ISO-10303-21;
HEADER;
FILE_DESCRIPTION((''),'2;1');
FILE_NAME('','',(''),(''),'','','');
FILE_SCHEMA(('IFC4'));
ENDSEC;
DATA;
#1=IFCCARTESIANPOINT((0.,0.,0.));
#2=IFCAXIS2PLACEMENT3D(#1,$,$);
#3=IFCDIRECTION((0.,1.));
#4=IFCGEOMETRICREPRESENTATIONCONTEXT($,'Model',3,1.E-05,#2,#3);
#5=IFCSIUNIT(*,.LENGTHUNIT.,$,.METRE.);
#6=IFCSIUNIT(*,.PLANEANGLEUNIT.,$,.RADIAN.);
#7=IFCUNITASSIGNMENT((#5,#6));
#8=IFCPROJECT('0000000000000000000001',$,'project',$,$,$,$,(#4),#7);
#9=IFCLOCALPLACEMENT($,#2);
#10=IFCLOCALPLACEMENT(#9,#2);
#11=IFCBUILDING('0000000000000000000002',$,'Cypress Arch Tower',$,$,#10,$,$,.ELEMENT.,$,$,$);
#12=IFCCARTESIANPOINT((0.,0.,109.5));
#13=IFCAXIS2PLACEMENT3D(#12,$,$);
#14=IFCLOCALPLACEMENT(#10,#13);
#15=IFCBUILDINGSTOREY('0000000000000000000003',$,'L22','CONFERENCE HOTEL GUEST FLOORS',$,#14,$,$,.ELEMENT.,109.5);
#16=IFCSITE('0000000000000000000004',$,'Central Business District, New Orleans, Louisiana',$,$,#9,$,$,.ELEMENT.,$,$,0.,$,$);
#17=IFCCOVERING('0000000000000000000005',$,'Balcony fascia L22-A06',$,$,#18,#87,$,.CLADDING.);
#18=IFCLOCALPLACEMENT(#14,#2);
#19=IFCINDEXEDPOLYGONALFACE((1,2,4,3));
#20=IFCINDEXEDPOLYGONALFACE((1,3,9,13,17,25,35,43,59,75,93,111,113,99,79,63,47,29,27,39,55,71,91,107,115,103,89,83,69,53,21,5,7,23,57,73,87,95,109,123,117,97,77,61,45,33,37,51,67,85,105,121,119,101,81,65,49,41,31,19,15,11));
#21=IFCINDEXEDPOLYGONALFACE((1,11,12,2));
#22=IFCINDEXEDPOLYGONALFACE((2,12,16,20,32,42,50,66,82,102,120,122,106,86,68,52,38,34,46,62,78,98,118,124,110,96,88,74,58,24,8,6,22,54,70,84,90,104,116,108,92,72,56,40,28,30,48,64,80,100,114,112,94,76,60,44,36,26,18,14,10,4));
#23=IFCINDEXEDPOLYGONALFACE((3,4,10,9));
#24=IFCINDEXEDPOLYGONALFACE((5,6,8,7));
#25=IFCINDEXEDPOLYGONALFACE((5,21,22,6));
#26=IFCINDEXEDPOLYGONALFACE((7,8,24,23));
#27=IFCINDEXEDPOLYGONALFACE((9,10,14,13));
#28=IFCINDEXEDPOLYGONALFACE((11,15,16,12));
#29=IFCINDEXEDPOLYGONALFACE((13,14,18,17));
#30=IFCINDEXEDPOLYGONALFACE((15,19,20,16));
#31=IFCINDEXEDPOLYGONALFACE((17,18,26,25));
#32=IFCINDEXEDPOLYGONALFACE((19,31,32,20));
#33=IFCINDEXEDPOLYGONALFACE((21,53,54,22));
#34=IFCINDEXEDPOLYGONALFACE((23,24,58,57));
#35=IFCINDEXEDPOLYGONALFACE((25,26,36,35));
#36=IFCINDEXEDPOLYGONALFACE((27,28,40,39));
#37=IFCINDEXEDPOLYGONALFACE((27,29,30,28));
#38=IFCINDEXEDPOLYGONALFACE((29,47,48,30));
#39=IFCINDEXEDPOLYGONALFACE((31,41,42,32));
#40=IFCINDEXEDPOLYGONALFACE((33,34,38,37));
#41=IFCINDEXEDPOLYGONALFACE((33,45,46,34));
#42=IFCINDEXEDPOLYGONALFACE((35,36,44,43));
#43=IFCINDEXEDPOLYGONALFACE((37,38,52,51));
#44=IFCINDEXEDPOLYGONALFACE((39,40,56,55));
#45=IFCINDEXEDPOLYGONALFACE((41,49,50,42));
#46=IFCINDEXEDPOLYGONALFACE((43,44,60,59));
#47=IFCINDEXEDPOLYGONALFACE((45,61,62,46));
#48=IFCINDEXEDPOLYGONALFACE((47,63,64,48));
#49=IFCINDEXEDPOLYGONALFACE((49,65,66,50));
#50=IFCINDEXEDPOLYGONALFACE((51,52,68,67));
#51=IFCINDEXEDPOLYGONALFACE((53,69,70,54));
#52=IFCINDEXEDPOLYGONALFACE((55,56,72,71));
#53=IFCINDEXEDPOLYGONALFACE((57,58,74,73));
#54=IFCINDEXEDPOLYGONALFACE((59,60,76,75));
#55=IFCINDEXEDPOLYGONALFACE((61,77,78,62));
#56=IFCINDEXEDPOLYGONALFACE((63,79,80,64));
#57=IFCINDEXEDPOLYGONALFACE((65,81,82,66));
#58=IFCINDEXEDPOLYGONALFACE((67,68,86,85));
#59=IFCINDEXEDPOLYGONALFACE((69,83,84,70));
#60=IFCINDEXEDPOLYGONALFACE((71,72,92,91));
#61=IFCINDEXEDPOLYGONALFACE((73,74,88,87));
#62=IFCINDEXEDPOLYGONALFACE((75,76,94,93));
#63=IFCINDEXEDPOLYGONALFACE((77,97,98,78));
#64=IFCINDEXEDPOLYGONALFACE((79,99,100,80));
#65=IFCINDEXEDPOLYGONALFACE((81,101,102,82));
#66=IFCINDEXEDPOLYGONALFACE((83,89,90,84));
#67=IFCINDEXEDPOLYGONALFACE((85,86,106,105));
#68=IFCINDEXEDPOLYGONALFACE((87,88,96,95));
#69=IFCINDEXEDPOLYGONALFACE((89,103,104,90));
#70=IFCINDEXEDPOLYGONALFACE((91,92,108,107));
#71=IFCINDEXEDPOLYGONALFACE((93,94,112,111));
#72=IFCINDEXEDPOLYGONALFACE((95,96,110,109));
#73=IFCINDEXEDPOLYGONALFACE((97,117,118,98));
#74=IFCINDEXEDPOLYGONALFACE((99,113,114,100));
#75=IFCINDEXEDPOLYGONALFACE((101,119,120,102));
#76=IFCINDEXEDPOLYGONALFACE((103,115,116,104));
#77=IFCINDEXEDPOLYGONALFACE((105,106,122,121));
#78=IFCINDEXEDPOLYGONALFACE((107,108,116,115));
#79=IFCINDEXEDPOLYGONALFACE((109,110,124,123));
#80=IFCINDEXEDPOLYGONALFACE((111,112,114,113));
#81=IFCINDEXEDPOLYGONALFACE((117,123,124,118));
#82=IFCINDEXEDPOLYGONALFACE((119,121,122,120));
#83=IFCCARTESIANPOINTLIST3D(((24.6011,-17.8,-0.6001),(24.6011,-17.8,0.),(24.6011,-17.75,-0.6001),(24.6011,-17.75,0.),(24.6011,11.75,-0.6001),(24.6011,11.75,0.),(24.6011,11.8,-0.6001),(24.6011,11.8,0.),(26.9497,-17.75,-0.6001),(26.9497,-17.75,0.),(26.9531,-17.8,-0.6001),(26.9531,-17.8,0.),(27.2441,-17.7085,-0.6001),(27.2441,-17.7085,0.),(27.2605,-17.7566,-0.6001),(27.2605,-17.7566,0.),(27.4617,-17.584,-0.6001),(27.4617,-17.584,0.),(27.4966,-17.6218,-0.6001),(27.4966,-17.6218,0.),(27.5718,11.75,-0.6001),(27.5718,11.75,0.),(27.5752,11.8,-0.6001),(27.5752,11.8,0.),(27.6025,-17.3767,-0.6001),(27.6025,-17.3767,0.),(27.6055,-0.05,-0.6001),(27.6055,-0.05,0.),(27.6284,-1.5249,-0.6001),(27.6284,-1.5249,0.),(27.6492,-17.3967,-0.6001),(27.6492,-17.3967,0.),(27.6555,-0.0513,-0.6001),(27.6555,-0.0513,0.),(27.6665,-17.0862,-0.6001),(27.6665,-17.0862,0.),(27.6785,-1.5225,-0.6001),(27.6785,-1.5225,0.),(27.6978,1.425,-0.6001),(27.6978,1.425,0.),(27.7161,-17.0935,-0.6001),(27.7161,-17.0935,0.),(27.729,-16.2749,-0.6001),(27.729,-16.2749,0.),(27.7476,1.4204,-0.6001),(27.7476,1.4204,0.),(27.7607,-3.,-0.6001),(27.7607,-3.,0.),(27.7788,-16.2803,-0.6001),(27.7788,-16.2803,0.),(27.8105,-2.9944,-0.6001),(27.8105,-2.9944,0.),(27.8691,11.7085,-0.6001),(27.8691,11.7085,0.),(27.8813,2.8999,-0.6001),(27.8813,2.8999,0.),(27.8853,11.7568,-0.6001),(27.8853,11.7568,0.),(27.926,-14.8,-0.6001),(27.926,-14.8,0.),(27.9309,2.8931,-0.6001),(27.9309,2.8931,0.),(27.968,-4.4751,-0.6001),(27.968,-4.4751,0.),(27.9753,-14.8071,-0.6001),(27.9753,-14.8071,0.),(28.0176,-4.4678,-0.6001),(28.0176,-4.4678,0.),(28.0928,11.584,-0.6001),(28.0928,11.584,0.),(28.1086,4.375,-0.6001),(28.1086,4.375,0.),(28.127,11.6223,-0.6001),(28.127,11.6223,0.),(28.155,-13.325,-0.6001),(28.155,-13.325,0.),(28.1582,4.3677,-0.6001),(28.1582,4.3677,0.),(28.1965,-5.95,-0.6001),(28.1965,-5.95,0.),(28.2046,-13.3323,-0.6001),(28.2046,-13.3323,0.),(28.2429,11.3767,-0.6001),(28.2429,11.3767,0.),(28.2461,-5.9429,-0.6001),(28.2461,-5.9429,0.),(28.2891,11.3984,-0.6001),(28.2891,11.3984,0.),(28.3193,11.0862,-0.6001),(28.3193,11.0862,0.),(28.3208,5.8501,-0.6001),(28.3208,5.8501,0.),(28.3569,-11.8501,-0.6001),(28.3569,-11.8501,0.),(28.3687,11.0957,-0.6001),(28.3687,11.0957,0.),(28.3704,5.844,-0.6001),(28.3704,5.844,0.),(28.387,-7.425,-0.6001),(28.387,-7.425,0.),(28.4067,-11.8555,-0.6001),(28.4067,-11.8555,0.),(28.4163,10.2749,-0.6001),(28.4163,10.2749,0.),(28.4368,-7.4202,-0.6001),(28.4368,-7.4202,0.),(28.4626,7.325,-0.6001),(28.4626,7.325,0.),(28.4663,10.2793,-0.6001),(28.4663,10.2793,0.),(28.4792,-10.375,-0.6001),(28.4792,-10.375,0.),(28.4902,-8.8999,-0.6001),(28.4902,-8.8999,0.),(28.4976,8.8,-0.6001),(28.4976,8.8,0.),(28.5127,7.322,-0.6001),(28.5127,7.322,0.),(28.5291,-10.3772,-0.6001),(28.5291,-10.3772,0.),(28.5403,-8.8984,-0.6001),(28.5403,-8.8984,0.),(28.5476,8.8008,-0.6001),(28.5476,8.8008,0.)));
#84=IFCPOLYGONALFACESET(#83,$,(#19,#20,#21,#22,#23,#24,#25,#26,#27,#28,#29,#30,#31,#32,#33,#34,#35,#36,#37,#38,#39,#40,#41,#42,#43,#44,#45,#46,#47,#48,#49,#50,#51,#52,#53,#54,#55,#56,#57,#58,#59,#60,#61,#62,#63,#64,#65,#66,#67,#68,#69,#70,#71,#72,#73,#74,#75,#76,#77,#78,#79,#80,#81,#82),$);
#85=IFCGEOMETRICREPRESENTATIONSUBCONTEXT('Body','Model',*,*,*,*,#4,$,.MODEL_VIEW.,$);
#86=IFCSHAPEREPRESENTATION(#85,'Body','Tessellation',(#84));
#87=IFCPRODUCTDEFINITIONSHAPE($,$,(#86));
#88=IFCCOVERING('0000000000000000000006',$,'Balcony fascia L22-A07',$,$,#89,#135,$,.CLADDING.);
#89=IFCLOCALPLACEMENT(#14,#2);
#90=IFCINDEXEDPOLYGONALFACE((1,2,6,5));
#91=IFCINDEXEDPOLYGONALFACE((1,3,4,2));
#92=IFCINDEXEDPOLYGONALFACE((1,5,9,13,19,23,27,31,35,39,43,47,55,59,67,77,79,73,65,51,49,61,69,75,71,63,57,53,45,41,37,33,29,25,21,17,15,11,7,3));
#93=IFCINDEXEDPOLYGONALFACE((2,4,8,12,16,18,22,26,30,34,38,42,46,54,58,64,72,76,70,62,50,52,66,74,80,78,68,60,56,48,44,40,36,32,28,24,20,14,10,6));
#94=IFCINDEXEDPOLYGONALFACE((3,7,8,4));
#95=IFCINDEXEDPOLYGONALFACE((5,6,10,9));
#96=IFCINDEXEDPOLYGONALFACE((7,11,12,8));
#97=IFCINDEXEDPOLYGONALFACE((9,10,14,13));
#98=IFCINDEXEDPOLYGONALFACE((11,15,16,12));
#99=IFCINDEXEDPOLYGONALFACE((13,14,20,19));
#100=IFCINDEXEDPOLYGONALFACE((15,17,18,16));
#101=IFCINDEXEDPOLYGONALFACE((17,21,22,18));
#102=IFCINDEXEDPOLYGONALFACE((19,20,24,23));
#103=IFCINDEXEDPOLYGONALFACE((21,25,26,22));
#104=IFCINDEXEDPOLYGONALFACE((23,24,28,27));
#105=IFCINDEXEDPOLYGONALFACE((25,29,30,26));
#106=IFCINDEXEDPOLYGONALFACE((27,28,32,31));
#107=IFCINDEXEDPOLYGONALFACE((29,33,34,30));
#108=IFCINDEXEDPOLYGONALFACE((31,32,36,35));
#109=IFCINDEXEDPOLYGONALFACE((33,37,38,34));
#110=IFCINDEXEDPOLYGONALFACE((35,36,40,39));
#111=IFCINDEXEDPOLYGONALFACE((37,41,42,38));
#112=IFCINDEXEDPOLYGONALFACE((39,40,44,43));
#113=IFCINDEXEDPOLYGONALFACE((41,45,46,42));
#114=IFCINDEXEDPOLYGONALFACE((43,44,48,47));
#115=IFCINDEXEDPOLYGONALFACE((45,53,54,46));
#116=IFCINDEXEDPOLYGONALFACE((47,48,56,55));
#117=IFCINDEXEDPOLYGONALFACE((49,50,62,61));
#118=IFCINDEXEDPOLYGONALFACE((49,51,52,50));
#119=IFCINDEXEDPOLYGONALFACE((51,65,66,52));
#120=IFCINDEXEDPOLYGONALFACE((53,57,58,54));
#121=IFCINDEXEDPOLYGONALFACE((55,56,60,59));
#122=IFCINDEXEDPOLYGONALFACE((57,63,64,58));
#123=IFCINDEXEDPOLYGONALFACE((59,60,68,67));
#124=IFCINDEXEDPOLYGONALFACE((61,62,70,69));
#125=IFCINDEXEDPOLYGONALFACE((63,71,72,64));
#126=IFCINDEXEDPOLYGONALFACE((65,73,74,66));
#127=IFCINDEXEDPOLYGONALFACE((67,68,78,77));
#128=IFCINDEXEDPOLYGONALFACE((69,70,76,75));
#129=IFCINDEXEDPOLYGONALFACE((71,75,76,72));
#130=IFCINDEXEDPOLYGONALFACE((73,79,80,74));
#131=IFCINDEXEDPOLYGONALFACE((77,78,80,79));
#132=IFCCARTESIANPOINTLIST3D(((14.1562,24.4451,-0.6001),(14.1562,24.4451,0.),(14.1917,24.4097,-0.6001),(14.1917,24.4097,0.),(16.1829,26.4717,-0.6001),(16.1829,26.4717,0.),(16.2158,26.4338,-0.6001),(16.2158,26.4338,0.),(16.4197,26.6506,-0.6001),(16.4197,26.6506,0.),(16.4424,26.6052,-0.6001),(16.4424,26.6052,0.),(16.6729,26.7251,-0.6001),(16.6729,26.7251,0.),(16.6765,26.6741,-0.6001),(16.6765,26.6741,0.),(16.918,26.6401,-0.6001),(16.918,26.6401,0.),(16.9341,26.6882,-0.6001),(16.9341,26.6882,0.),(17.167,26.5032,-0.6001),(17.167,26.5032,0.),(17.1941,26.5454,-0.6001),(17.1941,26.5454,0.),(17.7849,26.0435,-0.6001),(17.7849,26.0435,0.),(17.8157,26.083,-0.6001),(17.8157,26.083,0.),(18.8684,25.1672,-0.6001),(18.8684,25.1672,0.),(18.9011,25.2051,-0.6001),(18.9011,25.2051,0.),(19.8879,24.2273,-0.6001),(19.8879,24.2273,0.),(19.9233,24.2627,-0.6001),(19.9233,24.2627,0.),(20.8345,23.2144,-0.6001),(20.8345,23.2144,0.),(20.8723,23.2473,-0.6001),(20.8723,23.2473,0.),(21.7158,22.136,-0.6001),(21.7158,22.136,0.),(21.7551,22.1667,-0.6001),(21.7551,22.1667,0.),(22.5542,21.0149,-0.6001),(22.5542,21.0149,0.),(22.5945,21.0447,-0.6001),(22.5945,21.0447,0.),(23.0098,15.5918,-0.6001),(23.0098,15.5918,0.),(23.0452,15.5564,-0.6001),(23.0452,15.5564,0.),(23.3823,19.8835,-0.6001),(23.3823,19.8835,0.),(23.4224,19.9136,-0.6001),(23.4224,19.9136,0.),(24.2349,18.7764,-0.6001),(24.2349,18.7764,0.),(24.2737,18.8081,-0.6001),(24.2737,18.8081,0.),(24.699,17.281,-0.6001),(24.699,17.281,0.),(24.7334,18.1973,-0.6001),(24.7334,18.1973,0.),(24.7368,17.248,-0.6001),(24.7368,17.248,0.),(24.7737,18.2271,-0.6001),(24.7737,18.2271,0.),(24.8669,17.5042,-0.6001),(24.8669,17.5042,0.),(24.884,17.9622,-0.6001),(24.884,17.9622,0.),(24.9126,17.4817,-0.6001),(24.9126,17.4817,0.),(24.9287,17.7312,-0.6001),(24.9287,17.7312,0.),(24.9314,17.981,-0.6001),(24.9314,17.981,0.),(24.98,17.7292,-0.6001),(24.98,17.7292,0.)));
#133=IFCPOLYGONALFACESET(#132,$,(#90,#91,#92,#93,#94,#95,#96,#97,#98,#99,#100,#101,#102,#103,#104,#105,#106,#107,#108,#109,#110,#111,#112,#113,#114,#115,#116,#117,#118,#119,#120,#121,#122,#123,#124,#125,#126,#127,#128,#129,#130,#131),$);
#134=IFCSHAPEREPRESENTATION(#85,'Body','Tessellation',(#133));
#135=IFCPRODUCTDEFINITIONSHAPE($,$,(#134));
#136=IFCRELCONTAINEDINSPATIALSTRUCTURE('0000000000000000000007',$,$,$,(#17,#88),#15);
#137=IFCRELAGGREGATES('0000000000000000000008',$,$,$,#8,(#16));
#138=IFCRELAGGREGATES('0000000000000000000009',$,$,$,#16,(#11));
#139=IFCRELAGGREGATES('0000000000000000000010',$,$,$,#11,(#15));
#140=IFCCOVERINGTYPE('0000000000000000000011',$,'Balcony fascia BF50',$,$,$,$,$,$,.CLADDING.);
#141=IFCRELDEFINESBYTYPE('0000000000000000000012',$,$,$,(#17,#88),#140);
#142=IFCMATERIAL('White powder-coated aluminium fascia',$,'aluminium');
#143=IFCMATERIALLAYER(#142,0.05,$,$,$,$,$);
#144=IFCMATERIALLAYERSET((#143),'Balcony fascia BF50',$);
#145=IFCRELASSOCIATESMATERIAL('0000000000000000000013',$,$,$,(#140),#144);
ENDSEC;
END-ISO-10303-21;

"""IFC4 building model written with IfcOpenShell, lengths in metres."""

from ifc_helpers import new_model, si_unit, direction, frame, origin, place, context, subcontext, project, spatial, polyline, outline, extrude, material, layer, layer_set, type_object, element, save


model = new_model("IFC4")

# Units and contexts
model_context = context("Model", 3, precision=1e-05, world=origin(), true_north=direction((0.0, 1.0)))
body_context = subcontext(model_context, "Body", "Model", "MODEL_VIEW")
ifc_project = project(units=[si_unit("LENGTHUNIT", "METRE"), si_unit("PLANEANGLEUNIT", "RADIAN")], contexts=[model_context])

# Site, building, storey
site_placement = place(None, origin())
site = spatial("IfcSite", under=ifc_project, at=site_placement, Name="Central Business District, New Orleans, Louisiana", CompositionType="ELEMENT", RefElevation=0.0)
building_placement = place(site_placement, origin())
building = spatial("IfcBuilding", under=site, at=building_placement, Name="Cypress Arch Tower", CompositionType="ELEMENT")
storey_placement = place(building_placement, frame((0.0, 0.0, 109.5)))
storey = spatial("IfcBuildingStorey", under=building, at=storey_placement, Name="L22", Description="CONFERENCE HOTEL GUEST FLOORS", CompositionType="ELEMENT", Elevation=109.5)

# Coverings
ifc_material_1 = material(Name="White powder-coated aluminium fascia", Category="aluminium")
ifc_layer_1 = layer(ifc_material_1, 0.05)
ifc_layer_set_1 = layer_set([ifc_layer_1], Name="Balcony fascia BF50")
covering_type_1 = type_object("IfcCoveringType", Name="Balcony fascia BF50", PredefinedType="CLADDING", material=ifc_layer_set_1)
covering_1_placement = place(storey_placement, frame((0.0, 0.0, -0.6001)))
element("IfcCovering", 1, at=covering_1_placement, inside=storey, type_object=covering_type_1, Name="Balcony fascia L22-A06", PredefinedType="CLADDING", context=body_context, shape_type="SweptSolid", body=[
    extrude(outline(polyline([(27.5752, 11.8), (27.8853, 11.7568), (28.127, 11.6223), (28.2891, 11.3984), (28.3687, 11.0957), (28.4663, 10.2793), (28.5476, 8.8008), (28.5127, 7.322), (28.3704, 5.844), (28.1582, 4.3677), (27.9309, 2.8931), (27.7476, 1.4204), (27.6555, -0.0513), (27.6785, -1.5225), (27.8105, -2.9944), (28.0176, -4.4678), (28.2461, -5.9429), (28.4368, -7.4202), (28.5403, -8.8984), (28.5291, -10.3772), (28.4067, -11.8555), (28.2046, -13.3323), (27.9753, -14.8071), (27.7788, -16.2803), (27.7161, -17.0935), (27.6492, -17.3967), (27.4966, -17.6218), (27.2605, -17.7566), (26.9531, -17.8), (24.6011, -17.8), (24.6011, -17.75), (26.9497, -17.75), (27.2441, -17.7085), (27.4617, -17.584), (27.6025, -17.3767), (27.6665, -17.0862), (27.729, -16.2749), (27.926, -14.8), (28.155, -13.325), (28.3569, -11.8501), (28.4792, -10.375), (28.4902, -8.8999), (28.387, -7.425), (28.1965, -5.95), (27.968, -4.4751), (27.7607, -3.0), (27.6284, -1.5249), (27.6055, -0.05), (27.6978, 1.425), (27.8813, 2.8999), (28.1086, 4.375), (28.3208, 5.8501), (28.4626, 7.325), (28.4976, 8.8), (28.4163, 10.2749), (28.3193, 11.0862), (28.2429, 11.3767), (28.0928, 11.584), (27.8691, 11.7085), (27.5718, 11.75), (24.6011, 11.75), (24.6011, 11.8), (27.5752, 11.8)])), origin(), (0.0, 0.0, 1.0), 0.6001),
])
covering_2_placement = place(storey_placement, frame((0.0, 0.0, -0.6001)))
element("IfcCovering", 2, at=covering_2_placement, inside=storey, type_object=covering_type_1, Name="Balcony fascia L22-A07", PredefinedType="CLADDING", context=body_context, shape_type="SweptSolid", body=[
    extrude(outline(polyline([(16.1829, 26.4717), (16.4197, 26.6506), (16.6729, 26.7251), (16.9341, 26.6882), (17.1941, 26.5454), (17.8157, 26.083), (18.9011, 25.2051), (19.9233, 24.2627), (20.8723, 23.2473), (21.7551, 22.1667), (22.5945, 21.0447), (23.4224, 19.9136), (24.2737, 18.8081), (24.7737, 18.2271), (24.9314, 17.981), (24.98, 17.7292), (24.9126, 17.4817), (24.7368, 17.248), (23.0452, 15.5564), (23.0098, 15.5918), (24.699, 17.281), (24.8669, 17.5042), (24.9287, 17.7312), (24.884, 17.9622), (24.7334, 18.1973), (24.2349, 18.7764), (23.3823, 19.8835), (22.5542, 21.0149), (21.7158, 22.136), (20.8345, 23.2144), (19.8879, 24.2273), (18.8684, 25.1672), (17.7849, 26.0435), (17.167, 26.5032), (16.918, 26.6401), (16.6765, 26.6741), (16.4424, 26.6052), (16.2158, 26.4338), (14.1917, 24.4097), (14.1562, 24.4451), (16.1829, 26.4717)])), origin(), (0.0, 0.0, 1.0), 0.6001),
])

save(model, "model.ifc")
